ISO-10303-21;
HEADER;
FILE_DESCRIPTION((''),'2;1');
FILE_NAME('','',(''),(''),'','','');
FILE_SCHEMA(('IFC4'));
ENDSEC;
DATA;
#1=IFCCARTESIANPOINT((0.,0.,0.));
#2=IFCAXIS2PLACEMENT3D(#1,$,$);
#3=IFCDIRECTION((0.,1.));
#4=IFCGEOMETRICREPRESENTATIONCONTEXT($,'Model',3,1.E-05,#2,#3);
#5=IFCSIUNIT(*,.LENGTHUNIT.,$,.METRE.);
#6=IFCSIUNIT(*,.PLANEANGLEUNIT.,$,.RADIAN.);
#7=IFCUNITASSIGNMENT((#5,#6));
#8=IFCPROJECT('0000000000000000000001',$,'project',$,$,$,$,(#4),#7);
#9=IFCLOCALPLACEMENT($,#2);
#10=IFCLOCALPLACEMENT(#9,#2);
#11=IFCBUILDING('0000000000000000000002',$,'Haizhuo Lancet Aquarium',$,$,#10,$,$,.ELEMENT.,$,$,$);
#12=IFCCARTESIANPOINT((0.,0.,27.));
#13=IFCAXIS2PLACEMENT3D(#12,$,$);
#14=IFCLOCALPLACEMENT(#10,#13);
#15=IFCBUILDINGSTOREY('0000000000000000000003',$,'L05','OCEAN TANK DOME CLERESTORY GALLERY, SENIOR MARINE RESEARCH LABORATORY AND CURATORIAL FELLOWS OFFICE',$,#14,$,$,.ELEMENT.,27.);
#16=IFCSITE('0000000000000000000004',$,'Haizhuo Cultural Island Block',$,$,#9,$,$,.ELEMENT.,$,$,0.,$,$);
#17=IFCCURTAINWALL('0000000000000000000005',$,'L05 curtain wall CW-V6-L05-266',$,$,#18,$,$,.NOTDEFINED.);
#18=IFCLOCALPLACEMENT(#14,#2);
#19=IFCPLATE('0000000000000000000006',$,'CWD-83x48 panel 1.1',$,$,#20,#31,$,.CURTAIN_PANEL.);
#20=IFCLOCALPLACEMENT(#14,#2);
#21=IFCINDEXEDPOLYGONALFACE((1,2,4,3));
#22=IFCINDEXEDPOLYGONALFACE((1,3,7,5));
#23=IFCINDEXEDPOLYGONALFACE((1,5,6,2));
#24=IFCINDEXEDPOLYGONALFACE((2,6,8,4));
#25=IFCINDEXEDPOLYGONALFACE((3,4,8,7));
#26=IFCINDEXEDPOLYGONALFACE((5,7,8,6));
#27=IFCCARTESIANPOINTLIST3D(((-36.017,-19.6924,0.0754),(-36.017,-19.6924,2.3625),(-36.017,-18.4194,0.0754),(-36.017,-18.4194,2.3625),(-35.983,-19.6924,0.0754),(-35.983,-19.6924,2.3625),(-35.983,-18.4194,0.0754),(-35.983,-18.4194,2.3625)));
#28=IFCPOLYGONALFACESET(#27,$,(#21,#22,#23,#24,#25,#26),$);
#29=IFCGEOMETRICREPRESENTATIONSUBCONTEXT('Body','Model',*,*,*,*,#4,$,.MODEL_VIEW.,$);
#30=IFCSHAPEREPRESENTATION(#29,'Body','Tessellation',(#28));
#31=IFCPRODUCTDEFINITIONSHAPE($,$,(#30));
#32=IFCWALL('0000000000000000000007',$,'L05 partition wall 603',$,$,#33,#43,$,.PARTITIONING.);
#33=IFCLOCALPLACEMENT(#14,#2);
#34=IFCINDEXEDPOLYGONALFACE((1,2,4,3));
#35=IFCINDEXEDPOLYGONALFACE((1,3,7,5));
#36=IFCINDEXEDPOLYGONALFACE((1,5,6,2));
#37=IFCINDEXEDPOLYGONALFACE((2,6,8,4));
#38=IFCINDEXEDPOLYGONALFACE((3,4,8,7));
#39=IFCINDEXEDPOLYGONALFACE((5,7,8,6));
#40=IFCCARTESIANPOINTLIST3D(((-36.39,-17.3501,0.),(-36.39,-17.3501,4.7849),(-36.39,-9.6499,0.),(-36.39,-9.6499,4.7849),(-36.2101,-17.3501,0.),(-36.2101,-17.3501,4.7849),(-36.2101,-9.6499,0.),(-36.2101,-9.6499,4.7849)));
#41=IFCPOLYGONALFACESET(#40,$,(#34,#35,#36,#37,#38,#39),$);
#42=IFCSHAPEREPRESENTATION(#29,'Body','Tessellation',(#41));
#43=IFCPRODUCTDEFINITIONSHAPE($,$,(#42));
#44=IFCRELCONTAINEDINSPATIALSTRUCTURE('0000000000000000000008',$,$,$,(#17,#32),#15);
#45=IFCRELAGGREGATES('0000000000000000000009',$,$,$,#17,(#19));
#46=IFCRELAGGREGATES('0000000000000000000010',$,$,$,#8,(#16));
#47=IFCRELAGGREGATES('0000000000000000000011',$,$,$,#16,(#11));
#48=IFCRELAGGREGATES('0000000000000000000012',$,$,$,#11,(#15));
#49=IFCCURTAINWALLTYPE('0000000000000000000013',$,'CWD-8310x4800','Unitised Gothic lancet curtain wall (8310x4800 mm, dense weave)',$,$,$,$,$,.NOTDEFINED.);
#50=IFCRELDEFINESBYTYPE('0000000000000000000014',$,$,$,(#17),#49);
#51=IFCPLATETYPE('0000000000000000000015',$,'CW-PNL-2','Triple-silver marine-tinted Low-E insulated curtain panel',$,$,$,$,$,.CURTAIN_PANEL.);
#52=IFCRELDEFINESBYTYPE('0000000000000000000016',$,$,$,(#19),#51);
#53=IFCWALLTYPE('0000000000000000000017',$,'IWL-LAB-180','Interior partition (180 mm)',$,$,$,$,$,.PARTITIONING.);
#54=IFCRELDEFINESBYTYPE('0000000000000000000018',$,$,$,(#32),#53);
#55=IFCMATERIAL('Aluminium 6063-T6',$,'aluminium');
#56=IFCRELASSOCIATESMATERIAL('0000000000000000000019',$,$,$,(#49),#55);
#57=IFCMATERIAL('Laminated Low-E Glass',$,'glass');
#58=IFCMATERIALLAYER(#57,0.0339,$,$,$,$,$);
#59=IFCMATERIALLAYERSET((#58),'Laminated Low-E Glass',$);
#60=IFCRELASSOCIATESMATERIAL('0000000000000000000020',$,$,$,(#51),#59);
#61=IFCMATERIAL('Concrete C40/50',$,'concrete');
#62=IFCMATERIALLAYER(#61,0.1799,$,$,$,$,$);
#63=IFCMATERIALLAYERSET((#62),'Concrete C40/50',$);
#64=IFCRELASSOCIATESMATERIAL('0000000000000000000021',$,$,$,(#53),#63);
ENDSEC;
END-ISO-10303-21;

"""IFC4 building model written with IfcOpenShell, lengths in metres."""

from ifc_helpers import new_model, si_unit, direction, frame, frame_2d, origin, origin_2d, place, context, subcontext, project, spatial, rectangle, extrude, material, layer, layer_set, type_object, element, aggregate, save


model = new_model("IFC4")

# Units and contexts
model_context = context("Model", 3, precision=1e-05, world=origin(), true_north=direction((0.0, 1.0)))
body_context = subcontext(model_context, "Body", "Model", "MODEL_VIEW")
ifc_project = project(units=[si_unit("LENGTHUNIT", "METRE"), si_unit("PLANEANGLEUNIT", "RADIAN")], contexts=[model_context])

# Site, building, storey
site_placement = place(None, origin())
site = spatial("IfcSite", under=ifc_project, at=site_placement, Name="Haizhuo Cultural Island Block", CompositionType="ELEMENT", RefElevation=0.0)
building_placement = place(site_placement, origin())
building = spatial("IfcBuilding", under=site, at=building_placement, Name="Haizhuo Lancet Aquarium", CompositionType="ELEMENT")
storey_placement = place(building_placement, frame((0.0, 0.0, 27.0)))
storey = spatial("IfcBuildingStorey", under=building, at=storey_placement, Name="L05", Description="OCEAN TANK DOME CLERESTORY GALLERY, SENIOR MARINE RESEARCH LABORATORY AND CURATORIAL FELLOWS OFFICE", CompositionType="ELEMENT", Elevation=27.0)

# Shared definitions
ifc_material_1 = material(Name="Concrete C40/50", Category="concrete")

# Curtain wall
ifc_material_2 = material(Name="Aluminium 6063-T6", Category="aluminium")
curtain_wall_type = type_object("IfcCurtainWallType", Name="CWD-8310x4800", Description="Unitised Gothic lancet curtain wall (8310x4800 mm, dense weave)", PredefinedType="NOTDEFINED", material=ifc_material_2)
curtain_wall_1_placement = place(storey_placement, origin())
curtain_wall_1 = element("IfcCurtainWall", 1, at=curtain_wall_1_placement, inside=storey, type_object=curtain_wall_type, Name="L05 curtain wall CW-V6-L05-266", PredefinedType="NOTDEFINED")

# Plate
ifc_material_3 = material(Name="Laminated Low-E Glass", Category="glass")
ifc_layer_1 = layer(ifc_material_3, 0.0339)
ifc_layer_set_1 = layer_set([ifc_layer_1], Name="Laminated Low-E Glass")
plate_type_1 = type_object("IfcPlateType", Name="CW-PNL-2", Description="Triple-silver marine-tinted Low-E insulated curtain panel", PredefinedType="CURTAIN_PANEL", material=ifc_layer_set_1)
plate_1_placement = place(storey_placement, frame((-36.0, -19.0559, 0.0754), z_axis=(0.0, 0.0, 1.0), x_axis=(0.0, -1.0, 0.0)))
plate_1 = element("IfcPlate", 2, at=plate_1_placement, type_object=plate_type_1, Name="CWD-83x48 panel 1.1", PredefinedType="CURTAIN_PANEL", context=body_context, shape_type="SweptSolid", body=[
    extrude(rectangle(XDim=1.2729, YDim=0.0339, at=origin_2d()), origin(), (0.0, 0.0, 1.0), 2.2871),
])
aggregate(curtain_wall_1, [plate_1])

# Wall
ifc_layer_2 = layer(ifc_material_1, 0.1799)
ifc_layer_set_2 = layer_set([ifc_layer_2], Name="Concrete C40/50")
wall_type = type_object("IfcWallType", Name="IWL-LAB-180", Description="Interior partition (180 mm)", PredefinedType="PARTITIONING", material=ifc_layer_set_2)
wall_placement = place(storey_placement, frame((-36.3, -17.3501, 0.0), z_axis=(0.0, 0.0, 1.0), x_axis=(0.0, 1.0, 0.0)))
element("IfcWall", 3, at=wall_placement, inside=storey, type_object=wall_type, Name="L05 partition wall 603", PredefinedType="PARTITIONING", context=body_context, shape_type="SweptSolid", body=[
    extrude(rectangle(XDim=7.7002, YDim=0.1799, at=frame_2d((3.8501, 0.0))), origin(), (0.0, 0.0, 1.0), 4.7849),
])

save(model, "model.ifc")
